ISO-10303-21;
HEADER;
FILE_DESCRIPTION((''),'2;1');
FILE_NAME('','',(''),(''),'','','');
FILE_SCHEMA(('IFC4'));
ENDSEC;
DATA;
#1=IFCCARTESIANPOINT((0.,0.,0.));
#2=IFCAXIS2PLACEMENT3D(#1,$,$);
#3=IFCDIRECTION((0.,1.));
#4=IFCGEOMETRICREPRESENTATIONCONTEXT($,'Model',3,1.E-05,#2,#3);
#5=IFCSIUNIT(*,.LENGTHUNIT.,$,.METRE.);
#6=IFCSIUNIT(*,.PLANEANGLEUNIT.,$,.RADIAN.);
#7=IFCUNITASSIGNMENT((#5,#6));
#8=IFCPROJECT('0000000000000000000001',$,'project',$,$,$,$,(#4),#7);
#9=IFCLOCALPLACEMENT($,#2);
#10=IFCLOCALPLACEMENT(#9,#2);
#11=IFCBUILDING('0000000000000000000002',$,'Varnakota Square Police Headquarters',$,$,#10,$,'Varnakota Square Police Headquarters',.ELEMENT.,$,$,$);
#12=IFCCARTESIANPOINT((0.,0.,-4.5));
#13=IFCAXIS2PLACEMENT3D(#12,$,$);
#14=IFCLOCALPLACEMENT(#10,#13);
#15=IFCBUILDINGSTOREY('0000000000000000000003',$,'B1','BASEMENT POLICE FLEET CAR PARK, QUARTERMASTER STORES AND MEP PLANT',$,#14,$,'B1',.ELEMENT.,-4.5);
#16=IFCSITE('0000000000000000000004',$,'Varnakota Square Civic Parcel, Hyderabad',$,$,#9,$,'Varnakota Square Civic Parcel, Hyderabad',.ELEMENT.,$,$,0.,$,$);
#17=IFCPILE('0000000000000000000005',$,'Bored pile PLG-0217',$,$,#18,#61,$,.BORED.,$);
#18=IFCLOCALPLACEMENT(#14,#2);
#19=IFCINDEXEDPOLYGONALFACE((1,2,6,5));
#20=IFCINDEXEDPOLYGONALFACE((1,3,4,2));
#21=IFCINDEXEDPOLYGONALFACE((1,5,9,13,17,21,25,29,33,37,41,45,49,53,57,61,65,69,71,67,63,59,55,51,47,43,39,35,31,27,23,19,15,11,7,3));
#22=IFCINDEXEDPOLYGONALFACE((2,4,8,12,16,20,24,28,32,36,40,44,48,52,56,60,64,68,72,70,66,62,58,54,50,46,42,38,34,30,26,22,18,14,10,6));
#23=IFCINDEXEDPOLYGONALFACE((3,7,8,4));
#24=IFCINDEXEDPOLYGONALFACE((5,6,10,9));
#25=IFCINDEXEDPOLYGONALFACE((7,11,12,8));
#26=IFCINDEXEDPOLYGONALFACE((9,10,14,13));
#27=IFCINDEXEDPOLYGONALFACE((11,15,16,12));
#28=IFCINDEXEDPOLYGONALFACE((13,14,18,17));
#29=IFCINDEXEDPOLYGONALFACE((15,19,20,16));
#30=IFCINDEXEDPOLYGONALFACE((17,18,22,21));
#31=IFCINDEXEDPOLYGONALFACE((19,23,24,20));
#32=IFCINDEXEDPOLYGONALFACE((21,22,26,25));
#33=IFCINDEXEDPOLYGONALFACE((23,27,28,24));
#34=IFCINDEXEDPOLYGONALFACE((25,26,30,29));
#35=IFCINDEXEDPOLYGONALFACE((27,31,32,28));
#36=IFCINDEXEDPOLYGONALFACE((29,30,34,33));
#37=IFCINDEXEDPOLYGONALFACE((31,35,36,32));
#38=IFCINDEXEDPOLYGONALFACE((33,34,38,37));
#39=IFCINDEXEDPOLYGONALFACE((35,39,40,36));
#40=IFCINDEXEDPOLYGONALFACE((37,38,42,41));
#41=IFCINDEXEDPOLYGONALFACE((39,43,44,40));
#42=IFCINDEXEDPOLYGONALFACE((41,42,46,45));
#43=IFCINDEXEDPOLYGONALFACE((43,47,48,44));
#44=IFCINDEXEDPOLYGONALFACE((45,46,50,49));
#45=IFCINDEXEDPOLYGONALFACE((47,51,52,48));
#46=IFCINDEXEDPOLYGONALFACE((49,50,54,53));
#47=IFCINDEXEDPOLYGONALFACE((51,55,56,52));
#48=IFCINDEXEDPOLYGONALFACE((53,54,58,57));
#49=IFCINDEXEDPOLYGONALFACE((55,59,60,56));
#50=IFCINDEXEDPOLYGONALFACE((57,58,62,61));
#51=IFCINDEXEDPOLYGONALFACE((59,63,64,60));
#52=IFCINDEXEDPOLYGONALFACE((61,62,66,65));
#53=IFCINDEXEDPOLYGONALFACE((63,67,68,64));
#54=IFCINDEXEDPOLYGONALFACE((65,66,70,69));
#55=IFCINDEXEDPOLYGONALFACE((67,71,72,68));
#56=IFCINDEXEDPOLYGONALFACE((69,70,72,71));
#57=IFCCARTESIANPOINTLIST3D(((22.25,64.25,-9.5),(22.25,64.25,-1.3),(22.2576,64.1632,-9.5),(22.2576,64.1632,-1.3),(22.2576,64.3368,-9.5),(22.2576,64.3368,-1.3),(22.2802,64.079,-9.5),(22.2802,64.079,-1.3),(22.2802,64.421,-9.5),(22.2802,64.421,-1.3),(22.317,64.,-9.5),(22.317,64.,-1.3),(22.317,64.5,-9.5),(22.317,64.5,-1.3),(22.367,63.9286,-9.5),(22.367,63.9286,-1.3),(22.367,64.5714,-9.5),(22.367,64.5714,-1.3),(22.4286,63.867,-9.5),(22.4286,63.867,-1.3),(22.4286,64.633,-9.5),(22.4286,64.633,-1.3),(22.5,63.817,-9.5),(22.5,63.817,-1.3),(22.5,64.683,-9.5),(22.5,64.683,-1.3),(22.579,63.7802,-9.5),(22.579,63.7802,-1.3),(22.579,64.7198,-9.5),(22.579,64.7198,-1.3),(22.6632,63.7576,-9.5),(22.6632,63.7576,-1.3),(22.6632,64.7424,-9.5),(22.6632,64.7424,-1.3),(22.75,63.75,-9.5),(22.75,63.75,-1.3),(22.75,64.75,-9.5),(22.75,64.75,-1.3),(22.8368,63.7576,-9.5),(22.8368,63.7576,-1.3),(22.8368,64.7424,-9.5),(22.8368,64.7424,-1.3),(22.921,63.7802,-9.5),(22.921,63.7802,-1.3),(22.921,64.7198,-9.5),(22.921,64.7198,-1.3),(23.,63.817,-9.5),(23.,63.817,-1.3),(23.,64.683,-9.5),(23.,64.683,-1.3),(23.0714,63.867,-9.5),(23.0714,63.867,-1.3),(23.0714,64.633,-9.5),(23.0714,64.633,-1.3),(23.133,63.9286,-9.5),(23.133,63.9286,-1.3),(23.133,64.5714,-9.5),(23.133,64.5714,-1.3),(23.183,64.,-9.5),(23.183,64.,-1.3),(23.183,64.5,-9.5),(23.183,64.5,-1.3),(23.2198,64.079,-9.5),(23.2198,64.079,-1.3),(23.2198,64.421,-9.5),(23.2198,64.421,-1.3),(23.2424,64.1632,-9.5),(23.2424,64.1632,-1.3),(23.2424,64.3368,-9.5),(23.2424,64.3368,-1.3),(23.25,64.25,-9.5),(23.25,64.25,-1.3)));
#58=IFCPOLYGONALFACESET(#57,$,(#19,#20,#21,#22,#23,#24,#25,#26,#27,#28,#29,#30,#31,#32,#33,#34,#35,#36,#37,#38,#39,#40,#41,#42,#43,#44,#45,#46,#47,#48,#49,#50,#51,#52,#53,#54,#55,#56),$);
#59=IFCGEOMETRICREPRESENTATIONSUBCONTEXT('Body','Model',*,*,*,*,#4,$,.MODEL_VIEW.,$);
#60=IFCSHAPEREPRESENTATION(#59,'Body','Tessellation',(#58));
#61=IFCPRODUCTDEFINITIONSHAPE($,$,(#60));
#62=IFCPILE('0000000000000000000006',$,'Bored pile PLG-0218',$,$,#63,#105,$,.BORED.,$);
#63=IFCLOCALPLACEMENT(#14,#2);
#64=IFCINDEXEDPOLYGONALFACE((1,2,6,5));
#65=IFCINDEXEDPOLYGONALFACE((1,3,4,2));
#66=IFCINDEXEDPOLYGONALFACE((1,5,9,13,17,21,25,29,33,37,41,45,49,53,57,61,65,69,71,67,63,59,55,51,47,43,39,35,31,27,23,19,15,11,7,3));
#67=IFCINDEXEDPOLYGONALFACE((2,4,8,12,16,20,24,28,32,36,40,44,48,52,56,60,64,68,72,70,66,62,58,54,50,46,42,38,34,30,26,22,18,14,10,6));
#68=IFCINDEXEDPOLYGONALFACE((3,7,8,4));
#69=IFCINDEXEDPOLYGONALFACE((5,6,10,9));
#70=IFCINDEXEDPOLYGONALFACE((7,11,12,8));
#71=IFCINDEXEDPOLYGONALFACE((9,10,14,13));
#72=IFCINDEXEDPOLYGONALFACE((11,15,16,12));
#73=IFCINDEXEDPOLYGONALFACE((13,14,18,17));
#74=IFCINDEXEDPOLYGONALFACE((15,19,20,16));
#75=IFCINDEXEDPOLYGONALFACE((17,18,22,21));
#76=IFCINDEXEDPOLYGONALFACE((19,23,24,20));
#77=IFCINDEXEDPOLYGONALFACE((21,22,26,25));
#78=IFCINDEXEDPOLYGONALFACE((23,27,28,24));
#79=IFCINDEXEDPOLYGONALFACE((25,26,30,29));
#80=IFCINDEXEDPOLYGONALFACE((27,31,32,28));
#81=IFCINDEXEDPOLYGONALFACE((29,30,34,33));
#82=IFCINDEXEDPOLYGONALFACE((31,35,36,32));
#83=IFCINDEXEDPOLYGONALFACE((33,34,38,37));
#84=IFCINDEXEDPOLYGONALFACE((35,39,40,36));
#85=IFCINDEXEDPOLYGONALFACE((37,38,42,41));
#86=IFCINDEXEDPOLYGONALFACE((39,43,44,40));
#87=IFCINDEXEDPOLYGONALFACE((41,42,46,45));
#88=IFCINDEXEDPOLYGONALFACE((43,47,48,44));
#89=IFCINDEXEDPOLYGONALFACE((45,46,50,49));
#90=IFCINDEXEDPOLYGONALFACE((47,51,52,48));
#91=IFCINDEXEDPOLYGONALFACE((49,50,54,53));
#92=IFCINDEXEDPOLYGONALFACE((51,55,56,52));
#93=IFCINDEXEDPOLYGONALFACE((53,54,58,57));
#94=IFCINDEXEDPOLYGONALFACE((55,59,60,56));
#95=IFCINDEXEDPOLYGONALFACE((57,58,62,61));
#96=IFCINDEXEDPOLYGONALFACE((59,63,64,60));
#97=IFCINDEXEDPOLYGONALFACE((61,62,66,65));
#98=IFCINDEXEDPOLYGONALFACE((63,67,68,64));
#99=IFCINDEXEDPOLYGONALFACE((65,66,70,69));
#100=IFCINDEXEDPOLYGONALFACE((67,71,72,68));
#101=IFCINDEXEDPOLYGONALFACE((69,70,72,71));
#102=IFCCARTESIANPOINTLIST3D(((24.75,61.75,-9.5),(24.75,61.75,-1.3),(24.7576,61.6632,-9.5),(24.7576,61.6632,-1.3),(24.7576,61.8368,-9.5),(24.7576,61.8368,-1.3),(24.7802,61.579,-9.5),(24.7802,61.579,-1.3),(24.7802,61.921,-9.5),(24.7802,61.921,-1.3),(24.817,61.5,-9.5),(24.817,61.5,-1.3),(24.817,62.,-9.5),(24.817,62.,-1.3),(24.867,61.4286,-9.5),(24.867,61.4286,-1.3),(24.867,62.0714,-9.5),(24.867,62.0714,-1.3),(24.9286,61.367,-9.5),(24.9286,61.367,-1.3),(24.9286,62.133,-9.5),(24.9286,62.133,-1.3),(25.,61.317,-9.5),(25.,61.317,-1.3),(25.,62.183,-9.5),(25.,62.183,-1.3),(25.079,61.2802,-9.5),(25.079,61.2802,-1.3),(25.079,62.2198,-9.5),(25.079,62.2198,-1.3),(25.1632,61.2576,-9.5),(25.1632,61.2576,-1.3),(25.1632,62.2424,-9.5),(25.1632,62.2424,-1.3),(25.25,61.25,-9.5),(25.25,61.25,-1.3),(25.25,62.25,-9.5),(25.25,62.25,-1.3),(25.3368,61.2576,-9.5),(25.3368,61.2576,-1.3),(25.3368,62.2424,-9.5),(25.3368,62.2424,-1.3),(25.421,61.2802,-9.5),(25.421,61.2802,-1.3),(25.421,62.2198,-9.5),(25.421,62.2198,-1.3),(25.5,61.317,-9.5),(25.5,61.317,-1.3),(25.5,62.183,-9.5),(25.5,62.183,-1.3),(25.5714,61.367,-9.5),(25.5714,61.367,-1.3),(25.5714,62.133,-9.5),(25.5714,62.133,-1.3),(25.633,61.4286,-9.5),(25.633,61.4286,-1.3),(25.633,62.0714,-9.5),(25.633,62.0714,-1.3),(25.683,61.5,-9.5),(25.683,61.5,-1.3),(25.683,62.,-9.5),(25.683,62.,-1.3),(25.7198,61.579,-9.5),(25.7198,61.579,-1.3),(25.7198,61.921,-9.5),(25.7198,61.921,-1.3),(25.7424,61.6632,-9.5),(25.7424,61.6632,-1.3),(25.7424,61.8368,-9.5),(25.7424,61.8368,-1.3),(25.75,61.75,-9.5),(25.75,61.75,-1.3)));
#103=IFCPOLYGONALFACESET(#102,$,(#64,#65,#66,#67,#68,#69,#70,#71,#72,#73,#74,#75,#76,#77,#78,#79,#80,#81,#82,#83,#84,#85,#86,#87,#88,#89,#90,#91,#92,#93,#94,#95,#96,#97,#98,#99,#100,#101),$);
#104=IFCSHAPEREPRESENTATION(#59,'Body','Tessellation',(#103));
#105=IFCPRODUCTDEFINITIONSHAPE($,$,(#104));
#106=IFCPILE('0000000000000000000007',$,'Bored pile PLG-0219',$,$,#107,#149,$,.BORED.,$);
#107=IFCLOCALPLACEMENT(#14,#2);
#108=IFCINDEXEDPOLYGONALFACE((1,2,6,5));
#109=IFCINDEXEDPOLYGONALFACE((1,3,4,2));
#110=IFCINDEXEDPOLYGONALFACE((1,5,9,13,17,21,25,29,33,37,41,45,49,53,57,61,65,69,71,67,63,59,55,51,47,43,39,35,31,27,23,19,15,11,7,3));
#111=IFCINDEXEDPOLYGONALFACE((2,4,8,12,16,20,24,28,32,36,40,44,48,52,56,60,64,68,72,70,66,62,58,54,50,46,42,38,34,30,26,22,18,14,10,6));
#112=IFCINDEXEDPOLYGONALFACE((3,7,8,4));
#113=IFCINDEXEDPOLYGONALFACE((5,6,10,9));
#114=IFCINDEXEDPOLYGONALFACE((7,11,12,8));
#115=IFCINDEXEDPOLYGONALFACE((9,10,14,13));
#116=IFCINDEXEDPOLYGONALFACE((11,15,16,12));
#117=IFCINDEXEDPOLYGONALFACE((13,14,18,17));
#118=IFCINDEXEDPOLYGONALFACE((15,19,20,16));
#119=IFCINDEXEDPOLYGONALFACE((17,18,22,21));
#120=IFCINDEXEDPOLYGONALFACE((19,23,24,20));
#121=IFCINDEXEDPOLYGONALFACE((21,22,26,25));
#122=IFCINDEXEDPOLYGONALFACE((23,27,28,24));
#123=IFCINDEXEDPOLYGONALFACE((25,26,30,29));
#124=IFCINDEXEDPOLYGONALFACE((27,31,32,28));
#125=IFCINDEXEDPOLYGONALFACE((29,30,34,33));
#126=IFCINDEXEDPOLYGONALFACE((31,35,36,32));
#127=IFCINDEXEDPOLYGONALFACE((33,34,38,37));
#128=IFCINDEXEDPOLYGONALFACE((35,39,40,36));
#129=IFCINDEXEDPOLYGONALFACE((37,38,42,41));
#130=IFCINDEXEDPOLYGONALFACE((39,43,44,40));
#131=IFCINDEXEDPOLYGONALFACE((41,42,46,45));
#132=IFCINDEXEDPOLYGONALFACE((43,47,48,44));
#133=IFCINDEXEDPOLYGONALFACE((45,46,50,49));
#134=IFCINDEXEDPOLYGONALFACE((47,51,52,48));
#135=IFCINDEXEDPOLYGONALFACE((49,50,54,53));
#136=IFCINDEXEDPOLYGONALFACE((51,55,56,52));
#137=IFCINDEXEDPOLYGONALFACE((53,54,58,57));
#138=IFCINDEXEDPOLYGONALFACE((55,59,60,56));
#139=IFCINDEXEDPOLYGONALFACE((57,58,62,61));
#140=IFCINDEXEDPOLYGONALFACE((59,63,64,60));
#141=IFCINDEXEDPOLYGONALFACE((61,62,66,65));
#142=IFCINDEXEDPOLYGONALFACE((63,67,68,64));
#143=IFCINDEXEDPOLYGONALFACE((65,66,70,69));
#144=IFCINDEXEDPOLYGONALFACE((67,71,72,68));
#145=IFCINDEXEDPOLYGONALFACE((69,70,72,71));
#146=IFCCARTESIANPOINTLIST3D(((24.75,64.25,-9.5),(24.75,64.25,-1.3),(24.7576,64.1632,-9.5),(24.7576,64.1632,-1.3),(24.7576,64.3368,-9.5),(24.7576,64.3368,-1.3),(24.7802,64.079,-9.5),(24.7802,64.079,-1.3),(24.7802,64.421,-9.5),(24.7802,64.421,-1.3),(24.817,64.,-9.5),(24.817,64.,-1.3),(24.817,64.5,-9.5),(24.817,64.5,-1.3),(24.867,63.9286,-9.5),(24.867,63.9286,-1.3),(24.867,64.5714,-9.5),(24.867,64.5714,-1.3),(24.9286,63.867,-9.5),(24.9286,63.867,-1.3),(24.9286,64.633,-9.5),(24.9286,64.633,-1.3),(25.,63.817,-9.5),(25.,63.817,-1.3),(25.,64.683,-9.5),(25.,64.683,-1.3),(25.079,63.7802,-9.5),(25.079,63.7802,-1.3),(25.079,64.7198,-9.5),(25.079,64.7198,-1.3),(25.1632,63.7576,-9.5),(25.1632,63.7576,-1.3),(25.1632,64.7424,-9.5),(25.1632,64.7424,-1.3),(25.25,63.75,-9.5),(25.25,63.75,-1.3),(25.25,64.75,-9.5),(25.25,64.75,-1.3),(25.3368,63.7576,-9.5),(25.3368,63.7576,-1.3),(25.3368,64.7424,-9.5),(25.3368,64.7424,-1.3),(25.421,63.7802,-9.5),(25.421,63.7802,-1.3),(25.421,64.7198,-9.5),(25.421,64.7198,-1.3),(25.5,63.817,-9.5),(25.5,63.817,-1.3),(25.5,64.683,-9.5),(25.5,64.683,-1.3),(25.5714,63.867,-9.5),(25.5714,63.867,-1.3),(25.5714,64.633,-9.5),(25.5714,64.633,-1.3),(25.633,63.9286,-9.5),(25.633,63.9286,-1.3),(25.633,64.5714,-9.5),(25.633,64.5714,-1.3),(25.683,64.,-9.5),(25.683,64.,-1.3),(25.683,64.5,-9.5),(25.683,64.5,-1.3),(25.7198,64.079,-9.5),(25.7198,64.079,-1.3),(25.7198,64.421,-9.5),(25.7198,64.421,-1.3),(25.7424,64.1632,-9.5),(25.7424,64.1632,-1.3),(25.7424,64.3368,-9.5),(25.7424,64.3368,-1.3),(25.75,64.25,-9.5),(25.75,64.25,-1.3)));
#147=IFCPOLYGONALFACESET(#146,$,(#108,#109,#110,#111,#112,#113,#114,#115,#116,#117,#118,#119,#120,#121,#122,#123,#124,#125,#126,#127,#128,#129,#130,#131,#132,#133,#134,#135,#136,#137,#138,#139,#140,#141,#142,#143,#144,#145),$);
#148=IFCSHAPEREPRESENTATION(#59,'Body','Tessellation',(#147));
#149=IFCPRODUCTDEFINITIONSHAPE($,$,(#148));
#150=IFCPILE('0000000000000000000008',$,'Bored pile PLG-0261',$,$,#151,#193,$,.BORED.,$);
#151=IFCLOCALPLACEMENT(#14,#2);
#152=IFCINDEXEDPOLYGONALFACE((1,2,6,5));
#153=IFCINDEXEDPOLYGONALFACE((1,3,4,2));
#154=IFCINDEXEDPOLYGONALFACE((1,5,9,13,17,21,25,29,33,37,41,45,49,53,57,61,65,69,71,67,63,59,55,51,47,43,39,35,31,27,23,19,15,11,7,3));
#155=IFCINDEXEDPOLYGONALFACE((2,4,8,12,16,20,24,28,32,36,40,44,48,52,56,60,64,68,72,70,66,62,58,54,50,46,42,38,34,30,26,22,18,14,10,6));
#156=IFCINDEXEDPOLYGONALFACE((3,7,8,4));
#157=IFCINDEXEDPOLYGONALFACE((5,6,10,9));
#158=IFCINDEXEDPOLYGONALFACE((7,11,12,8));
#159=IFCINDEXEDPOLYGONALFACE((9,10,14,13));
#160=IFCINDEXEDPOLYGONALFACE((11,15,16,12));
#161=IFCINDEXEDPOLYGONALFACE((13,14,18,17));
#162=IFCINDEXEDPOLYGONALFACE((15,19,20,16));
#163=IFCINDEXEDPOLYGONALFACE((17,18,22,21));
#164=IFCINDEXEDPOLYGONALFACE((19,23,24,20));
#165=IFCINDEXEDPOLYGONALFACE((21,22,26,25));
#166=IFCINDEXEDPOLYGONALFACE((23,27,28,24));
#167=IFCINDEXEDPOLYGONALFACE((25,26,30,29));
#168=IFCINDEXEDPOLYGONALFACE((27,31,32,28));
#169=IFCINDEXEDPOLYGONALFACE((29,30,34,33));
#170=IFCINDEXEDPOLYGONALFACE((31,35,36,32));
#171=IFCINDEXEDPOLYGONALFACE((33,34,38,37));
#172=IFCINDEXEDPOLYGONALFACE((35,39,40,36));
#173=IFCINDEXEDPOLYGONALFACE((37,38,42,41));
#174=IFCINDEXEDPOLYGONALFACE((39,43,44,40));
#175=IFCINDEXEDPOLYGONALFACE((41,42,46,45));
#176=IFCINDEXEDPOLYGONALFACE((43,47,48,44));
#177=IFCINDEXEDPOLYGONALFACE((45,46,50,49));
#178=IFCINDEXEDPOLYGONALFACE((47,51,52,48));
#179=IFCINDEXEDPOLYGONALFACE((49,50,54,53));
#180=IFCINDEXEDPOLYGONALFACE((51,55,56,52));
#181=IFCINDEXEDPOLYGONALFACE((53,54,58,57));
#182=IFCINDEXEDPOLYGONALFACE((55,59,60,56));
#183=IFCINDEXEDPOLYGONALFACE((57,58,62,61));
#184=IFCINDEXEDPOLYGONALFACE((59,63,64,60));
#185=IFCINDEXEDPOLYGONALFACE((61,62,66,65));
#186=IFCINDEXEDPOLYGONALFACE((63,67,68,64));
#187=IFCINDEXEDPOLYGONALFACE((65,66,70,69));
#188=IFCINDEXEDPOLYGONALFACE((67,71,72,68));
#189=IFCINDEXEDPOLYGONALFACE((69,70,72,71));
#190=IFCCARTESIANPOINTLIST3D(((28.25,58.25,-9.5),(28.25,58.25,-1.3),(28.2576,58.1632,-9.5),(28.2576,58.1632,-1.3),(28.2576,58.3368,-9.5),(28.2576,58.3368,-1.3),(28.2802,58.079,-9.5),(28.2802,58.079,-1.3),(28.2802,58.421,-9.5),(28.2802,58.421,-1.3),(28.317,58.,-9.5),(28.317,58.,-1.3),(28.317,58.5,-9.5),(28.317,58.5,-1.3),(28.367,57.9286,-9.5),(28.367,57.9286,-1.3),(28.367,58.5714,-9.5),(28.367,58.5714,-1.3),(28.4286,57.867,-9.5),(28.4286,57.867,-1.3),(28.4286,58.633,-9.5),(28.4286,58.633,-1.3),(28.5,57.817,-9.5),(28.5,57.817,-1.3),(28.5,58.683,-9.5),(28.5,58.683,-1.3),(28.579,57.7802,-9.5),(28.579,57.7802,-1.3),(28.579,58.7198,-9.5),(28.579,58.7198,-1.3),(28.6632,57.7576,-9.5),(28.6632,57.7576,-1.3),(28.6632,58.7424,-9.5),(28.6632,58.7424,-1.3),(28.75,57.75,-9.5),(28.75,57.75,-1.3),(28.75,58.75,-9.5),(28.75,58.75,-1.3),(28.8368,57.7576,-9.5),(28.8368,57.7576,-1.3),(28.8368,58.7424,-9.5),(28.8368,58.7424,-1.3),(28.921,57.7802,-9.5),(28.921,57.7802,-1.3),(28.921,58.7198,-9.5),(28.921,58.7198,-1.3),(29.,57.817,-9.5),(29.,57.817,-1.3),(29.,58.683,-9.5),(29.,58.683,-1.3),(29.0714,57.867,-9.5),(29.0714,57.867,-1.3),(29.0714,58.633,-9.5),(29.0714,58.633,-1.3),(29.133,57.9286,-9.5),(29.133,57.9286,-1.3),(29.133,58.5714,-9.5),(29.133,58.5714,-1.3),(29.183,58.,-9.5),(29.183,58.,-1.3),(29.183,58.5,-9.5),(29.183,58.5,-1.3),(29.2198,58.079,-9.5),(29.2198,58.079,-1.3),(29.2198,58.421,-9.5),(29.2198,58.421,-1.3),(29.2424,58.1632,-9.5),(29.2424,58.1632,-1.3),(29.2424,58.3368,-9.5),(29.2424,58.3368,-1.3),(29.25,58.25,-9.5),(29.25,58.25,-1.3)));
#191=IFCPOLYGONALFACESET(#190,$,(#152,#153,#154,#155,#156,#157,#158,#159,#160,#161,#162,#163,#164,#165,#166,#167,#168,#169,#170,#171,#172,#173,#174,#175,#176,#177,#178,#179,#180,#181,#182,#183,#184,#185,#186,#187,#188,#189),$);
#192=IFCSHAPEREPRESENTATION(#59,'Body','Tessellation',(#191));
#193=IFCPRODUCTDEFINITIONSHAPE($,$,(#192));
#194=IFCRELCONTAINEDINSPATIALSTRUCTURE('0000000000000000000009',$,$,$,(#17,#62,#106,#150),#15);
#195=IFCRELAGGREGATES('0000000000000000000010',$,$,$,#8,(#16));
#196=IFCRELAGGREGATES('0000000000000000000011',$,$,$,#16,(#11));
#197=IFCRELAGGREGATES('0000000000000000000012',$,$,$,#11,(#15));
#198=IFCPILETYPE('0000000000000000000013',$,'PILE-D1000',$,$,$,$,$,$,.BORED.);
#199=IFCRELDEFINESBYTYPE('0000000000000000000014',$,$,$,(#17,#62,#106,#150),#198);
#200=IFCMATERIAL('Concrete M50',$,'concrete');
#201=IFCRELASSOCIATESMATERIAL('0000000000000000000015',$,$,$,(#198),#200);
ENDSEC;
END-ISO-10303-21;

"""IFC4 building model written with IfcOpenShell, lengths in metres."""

from ifc_helpers import new_model, si_unit, direction, frame, origin, origin_2d, place, context, subcontext, project, spatial, circle, extrude, material, material_profile, profile_set, type_object, element, save


model = new_model("IFC4")

# Units and contexts
model_context = context("Model", 3, precision=1e-05, world=origin(), true_north=direction((0.0, 1.0)))
body_context = subcontext(model_context, "Body", "Model", "MODEL_VIEW")
ifc_project = project(units=[si_unit("LENGTHUNIT", "METRE"), si_unit("PLANEANGLEUNIT", "RADIAN")], contexts=[model_context])

# Site, building, storey
site_placement = place(None, origin())
site = spatial("IfcSite", under=ifc_project, at=site_placement, Name="Varnakota Square Civic Parcel, Hyderabad", LongName="Varnakota Square Civic Parcel, Hyderabad", CompositionType="ELEMENT", RefElevation=0.0)
building_placement = place(site_placement, origin())
building = spatial("IfcBuilding", under=site, at=building_placement, Name="Varnakota Square Police Headquarters", LongName="Varnakota Square Police Headquarters", CompositionType="ELEMENT")
storey_placement = place(building_placement, frame((0.0, 0.0, -4.5)))
storey = spatial("IfcBuildingStorey", under=building, at=storey_placement, Name="B1", Description="BASEMENT POLICE FLEET CAR PARK, QUARTERMASTER STORES AND MEP PLANT", LongName="B1", CompositionType="ELEMENT", Elevation=-4.5)

# Shared definitions
ifc_material_1 = material(Name="Concrete M50", Category="concrete")

# Piles
ifc_material_profile_1 = material_profile(ifc_material_1, circle(Radius=0.5, at=origin_2d()), Name="BORED PILE 1000")
ifc_profile_set_1 = profile_set([ifc_material_profile_1], Name="Concrete M50")
pile_type = type_object("IfcPileType", Name="PILE-D1000", PredefinedType="BORED", material=ifc_profile_set_1)
for number, where, z_axis, x_axis, name in (
    (1, (22.75, 64.25, -1.3), (0.0, 0.0, -1.0), (1.0, 0.0, 0.0), "Bored pile PLG-0217"),
    (2, (25.25, 61.75, -1.3), (0.0, 0.0, -1.0), (1.0, 0.0, 0.0), "Bored pile PLG-0218"),
    (3, (25.25, 64.25, -1.3), (0.0, 0.0, -1.0), (1.0, 0.0, 0.0), "Bored pile PLG-0219"),
    (4, (28.75, 58.25, -1.3), (0.0, 0.0, -1.0), (1.0, 0.0, 0.0), "Bored pile PLG-0261"),
):
    element("IfcPile", number, at=place(storey_placement, frame(where, z_axis=z_axis, x_axis=x_axis)), inside=storey, type_object=pile_type, Name=name, PredefinedType="BORED", context=body_context, shape_type="SweptSolid", body=[
        extrude(circle(Radius=0.5, at=origin_2d()), origin(), (0.0, 0.0, 1.0), 8.2),
    ])

save(model, "model.ifc")
